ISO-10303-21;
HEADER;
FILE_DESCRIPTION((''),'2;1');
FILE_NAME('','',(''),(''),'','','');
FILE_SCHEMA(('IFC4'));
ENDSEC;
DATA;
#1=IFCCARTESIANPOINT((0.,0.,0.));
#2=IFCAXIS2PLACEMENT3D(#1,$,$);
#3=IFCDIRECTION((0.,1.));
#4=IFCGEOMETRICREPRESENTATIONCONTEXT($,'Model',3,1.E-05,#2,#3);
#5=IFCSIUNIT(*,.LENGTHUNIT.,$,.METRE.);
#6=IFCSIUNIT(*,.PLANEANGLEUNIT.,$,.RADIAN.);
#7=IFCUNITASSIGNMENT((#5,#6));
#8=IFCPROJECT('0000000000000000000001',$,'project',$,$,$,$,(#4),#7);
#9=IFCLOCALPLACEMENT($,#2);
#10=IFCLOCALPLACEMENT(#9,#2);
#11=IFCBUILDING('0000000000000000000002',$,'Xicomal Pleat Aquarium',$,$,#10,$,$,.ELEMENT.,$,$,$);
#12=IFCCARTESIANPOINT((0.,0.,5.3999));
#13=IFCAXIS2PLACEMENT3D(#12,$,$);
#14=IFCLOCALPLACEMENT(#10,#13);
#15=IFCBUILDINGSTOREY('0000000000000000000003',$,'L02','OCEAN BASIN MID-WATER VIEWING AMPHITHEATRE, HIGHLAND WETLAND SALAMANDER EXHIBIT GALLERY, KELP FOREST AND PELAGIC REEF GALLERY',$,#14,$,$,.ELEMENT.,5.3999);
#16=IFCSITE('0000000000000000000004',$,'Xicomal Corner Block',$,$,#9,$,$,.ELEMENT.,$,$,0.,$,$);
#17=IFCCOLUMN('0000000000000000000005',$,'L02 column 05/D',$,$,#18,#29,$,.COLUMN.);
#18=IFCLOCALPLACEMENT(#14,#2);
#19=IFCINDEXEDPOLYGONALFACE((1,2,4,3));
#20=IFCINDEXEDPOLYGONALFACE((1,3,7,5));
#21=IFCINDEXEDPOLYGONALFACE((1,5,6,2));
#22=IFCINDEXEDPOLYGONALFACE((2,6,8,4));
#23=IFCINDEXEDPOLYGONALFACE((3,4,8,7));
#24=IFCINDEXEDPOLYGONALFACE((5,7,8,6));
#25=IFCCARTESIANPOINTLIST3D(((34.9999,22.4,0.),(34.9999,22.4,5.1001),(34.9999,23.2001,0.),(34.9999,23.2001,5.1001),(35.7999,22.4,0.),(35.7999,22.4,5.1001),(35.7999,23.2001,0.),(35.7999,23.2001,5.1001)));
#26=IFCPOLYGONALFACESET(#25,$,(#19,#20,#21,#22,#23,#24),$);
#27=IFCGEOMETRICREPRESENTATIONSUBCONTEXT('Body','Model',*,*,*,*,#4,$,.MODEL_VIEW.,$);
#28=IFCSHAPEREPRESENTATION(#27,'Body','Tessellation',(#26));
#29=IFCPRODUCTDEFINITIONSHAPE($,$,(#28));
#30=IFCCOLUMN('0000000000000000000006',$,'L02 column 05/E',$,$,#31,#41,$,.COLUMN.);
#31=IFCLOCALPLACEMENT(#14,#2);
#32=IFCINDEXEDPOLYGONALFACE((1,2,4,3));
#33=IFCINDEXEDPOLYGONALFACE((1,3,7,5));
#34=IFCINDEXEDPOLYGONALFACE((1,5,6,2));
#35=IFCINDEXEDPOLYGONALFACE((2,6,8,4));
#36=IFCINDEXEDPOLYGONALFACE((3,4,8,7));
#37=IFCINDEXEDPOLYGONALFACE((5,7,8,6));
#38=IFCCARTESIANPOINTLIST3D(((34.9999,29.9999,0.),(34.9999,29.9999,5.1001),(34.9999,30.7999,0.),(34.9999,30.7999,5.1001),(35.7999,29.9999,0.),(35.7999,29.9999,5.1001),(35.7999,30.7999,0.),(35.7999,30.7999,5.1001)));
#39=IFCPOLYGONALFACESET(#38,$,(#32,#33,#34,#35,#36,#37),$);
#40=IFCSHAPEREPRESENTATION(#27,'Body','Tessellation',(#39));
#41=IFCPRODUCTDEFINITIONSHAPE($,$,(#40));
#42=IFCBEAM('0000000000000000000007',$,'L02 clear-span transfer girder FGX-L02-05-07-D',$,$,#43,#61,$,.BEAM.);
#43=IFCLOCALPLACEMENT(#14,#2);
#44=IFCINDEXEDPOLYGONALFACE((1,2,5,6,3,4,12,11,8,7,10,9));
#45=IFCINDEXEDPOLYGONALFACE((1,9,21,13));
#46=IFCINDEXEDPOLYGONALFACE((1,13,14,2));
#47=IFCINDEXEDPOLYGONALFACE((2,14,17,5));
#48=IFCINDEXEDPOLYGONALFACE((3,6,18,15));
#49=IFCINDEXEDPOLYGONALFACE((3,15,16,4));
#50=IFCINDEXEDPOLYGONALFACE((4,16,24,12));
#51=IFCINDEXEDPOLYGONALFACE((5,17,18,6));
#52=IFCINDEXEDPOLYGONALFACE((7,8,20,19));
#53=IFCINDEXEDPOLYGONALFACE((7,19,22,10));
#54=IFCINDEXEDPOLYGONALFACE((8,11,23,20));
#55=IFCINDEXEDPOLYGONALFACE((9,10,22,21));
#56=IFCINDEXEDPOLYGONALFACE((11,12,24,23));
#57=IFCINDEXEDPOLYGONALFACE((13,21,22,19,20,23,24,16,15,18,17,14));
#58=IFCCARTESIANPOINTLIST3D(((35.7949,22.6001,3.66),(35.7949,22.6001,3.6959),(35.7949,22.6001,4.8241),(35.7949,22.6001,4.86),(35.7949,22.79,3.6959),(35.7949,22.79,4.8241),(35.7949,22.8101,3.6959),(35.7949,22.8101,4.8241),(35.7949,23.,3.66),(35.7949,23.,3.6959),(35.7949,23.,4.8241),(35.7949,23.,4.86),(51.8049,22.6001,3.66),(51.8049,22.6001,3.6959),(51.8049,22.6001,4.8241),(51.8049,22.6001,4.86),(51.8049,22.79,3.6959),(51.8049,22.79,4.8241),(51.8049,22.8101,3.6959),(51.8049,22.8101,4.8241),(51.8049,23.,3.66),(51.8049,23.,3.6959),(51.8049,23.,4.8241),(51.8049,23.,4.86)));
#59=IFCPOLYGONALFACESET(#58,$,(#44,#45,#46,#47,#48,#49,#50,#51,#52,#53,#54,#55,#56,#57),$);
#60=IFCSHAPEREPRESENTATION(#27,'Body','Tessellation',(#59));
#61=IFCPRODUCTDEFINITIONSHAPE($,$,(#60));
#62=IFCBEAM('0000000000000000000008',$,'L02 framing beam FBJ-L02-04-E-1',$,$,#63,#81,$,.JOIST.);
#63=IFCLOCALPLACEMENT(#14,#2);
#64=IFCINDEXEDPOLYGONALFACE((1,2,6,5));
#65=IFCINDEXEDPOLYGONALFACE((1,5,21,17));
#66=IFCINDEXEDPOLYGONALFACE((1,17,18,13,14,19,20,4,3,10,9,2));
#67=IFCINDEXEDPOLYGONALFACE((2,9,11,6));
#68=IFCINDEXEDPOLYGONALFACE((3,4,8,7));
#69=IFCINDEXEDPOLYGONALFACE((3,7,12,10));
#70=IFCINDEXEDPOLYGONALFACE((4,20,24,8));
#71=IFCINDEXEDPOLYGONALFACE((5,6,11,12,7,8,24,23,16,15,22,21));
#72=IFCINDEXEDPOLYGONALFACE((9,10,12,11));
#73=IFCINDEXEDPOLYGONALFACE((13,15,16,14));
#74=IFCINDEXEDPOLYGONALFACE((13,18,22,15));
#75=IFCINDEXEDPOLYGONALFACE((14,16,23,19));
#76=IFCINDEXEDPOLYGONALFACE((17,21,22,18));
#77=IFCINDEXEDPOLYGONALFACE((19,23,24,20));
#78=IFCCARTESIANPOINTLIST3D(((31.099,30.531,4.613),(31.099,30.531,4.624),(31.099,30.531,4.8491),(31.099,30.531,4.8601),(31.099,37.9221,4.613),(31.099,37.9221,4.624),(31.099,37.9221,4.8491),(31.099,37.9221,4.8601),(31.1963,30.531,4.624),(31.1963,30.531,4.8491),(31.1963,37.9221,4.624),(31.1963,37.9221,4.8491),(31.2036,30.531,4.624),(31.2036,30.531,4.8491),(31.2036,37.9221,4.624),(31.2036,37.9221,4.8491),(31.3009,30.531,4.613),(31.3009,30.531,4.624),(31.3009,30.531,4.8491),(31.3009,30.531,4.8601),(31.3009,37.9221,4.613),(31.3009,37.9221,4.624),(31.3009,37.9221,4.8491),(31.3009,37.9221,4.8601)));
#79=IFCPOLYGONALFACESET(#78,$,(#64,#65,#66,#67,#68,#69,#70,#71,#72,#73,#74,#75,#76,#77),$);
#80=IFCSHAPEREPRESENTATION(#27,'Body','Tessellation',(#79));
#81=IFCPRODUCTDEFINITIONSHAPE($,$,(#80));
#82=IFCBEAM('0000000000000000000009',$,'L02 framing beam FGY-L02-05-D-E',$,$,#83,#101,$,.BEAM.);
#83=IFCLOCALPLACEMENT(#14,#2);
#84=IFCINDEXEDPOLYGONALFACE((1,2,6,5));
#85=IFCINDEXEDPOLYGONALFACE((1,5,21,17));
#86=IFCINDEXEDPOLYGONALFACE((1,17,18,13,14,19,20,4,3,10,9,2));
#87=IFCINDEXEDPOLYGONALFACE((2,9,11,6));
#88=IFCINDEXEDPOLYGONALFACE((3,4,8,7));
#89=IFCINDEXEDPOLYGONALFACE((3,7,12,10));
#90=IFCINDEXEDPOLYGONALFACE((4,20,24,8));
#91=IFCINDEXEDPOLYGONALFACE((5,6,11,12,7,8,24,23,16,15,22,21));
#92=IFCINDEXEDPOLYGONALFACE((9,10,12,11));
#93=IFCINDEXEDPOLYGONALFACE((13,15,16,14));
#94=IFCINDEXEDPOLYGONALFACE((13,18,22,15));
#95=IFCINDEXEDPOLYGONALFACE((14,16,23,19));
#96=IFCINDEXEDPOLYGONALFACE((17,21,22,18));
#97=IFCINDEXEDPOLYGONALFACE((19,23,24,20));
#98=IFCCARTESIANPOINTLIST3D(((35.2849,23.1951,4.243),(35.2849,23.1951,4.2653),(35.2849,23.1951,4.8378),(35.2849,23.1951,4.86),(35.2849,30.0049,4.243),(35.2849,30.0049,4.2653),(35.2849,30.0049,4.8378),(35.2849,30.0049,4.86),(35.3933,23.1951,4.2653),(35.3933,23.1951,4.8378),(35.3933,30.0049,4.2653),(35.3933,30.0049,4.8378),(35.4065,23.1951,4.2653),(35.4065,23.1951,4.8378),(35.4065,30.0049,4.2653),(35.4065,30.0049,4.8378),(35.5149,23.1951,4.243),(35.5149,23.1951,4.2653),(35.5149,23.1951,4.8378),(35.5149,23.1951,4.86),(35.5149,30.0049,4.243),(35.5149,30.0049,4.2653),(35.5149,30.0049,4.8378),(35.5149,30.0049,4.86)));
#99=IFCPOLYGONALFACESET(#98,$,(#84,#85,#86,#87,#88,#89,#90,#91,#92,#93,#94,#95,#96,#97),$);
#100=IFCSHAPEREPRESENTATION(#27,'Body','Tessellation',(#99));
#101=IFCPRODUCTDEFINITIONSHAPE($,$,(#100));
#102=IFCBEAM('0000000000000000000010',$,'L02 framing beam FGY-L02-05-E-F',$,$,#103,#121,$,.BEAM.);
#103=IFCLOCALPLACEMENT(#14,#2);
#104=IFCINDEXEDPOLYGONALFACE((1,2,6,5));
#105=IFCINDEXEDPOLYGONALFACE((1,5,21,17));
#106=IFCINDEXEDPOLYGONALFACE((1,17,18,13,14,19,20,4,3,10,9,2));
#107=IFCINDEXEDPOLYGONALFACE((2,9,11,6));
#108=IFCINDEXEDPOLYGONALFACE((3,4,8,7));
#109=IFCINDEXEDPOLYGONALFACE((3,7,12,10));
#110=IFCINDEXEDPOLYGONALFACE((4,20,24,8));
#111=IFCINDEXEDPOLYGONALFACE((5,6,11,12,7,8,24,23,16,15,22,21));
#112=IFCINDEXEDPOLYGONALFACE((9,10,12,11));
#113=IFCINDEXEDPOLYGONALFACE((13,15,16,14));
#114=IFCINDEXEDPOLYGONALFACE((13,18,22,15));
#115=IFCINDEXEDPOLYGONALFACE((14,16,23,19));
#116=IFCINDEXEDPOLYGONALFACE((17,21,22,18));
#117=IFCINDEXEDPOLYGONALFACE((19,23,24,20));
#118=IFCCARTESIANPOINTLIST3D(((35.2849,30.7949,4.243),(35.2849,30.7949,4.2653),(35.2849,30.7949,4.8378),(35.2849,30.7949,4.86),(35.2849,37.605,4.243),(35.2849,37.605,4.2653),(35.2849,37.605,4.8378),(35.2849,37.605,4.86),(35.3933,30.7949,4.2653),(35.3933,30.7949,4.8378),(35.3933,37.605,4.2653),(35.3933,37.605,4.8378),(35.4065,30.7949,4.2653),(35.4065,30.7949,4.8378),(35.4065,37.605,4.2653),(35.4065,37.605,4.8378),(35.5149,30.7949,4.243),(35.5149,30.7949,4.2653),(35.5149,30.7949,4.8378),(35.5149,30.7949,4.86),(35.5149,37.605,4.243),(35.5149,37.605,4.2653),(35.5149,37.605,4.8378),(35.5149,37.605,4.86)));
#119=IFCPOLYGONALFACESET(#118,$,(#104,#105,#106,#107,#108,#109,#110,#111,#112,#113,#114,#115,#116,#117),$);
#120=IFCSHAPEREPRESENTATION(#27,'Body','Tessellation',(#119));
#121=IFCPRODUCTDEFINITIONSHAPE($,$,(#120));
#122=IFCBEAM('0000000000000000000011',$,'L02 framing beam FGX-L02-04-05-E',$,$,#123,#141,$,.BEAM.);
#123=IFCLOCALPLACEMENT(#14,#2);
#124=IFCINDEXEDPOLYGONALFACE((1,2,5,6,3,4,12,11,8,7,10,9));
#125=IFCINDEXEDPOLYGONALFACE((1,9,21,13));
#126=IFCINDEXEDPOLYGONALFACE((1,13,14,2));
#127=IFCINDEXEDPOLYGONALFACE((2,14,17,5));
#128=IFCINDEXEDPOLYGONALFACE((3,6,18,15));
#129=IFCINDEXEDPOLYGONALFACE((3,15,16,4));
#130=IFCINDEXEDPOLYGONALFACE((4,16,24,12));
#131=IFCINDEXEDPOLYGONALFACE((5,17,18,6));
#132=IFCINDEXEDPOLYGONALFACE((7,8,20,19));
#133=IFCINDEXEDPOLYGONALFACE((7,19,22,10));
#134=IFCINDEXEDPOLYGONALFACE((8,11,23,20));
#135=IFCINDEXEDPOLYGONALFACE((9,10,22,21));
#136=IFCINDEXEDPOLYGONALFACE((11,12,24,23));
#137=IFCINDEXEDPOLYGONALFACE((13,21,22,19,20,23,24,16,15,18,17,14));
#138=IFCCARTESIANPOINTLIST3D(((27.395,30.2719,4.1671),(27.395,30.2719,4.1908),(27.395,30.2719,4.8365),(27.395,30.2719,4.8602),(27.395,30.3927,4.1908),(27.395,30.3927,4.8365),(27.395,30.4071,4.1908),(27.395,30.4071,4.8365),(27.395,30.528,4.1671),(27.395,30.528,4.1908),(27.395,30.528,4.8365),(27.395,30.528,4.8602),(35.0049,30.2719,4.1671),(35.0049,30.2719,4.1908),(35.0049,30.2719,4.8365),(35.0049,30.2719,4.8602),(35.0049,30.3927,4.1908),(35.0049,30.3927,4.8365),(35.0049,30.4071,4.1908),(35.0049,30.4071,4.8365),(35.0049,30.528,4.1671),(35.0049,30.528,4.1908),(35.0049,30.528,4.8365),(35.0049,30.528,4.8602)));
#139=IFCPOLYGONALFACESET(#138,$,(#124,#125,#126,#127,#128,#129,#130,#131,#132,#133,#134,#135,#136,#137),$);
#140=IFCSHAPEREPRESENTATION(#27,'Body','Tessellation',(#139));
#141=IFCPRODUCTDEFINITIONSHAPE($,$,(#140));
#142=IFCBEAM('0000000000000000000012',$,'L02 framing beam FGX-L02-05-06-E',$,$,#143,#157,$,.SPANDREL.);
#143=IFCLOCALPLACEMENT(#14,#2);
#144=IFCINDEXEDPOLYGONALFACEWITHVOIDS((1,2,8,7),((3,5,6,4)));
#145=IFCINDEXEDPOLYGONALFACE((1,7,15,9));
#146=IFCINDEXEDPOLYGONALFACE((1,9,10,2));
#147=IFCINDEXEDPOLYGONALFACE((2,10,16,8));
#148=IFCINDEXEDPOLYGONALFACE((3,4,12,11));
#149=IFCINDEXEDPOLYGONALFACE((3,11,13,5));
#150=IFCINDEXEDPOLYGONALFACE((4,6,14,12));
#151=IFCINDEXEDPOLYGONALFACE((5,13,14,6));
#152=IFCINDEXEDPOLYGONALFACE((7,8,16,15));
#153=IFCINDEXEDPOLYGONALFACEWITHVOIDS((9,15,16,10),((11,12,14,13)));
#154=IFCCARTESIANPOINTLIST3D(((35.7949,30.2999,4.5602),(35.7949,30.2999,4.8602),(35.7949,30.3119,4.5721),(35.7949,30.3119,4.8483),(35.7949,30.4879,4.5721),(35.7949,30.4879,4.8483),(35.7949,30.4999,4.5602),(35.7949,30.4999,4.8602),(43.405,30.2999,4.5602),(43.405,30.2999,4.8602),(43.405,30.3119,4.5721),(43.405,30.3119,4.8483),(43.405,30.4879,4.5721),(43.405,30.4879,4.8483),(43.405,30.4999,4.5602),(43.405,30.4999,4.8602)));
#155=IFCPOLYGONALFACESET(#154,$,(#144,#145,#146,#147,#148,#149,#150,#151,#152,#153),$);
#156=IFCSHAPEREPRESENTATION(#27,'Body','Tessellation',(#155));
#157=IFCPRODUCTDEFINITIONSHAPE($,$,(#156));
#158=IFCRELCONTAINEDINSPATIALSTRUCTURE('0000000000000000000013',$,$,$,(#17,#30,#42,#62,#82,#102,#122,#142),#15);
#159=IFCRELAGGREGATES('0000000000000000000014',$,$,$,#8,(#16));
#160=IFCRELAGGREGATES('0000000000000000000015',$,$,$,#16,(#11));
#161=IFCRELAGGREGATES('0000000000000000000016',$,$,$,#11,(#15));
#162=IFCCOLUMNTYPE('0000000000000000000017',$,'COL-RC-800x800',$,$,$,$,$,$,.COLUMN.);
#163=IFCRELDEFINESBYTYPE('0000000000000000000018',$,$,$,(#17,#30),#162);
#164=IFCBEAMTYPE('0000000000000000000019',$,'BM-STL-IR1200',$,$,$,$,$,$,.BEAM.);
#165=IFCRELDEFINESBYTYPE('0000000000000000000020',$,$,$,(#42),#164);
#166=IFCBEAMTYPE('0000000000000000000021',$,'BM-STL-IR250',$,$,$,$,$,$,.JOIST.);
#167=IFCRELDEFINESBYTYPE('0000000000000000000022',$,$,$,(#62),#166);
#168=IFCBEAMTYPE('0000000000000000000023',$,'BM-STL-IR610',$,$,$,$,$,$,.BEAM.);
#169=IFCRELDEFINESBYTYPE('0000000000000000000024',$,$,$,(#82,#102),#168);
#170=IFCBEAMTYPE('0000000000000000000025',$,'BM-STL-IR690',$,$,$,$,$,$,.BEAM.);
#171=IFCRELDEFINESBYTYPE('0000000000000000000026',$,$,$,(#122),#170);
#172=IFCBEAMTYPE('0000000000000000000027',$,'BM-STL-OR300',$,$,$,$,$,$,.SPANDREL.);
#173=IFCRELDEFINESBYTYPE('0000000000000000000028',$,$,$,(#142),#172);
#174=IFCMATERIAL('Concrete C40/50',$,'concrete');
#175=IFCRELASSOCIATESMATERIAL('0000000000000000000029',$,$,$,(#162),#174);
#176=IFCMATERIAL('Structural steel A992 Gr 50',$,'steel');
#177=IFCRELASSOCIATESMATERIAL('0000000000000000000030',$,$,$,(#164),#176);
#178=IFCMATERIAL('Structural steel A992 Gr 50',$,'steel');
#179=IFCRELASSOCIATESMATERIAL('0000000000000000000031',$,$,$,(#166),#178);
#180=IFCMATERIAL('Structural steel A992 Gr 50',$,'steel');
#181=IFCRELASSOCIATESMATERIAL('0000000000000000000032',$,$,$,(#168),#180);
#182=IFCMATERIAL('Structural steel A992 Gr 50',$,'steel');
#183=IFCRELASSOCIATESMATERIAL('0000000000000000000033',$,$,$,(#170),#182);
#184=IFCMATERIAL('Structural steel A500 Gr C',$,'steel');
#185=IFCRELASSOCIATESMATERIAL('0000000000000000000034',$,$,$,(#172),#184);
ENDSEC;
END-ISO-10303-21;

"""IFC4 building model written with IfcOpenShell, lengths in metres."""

from ifc_helpers import new_model, si_unit, direction, frame, origin, origin_2d, place, context, subcontext, project, spatial, rectangle, hollow_rectangle, i_section, extrude, material, material_profile, profile_set, type_object, element, save


model = new_model("IFC4")

# Units and contexts
model_context = context("Model", 3, precision=1e-05, world=origin(), true_north=direction((0.0, 1.0)))
body_context = subcontext(model_context, "Body", "Model", "MODEL_VIEW")
ifc_project = project(units=[si_unit("LENGTHUNIT", "METRE"), si_unit("PLANEANGLEUNIT", "RADIAN")], contexts=[model_context])

# Site, building, storey
site_placement = place(None, origin())
site = spatial("IfcSite", under=ifc_project, at=site_placement, Name="Xicomal Corner Block", CompositionType="ELEMENT", RefElevation=0.0)
building_placement = place(site_placement, origin())
building = spatial("IfcBuilding", under=site, at=building_placement, Name="Xicomal Pleat Aquarium", CompositionType="ELEMENT")
storey_placement = place(building_placement, frame((0.0, 0.0, 5.3999)))
storey = spatial("IfcBuildingStorey", under=building, at=storey_placement, Name="L02", Description="OCEAN BASIN MID-WATER VIEWING AMPHITHEATRE, HIGHLAND WETLAND SALAMANDER EXHIBIT GALLERY, KELP FOREST AND PELAGIC REEF GALLERY", CompositionType="ELEMENT", Elevation=5.3999)

# Columns
ifc_material_1 = material(Name="Concrete C40/50", Category="concrete")
ifc_material_profile_1 = material_profile(ifc_material_1, rectangle(XDim=0.8, YDim=0.8, at=origin_2d()), Name="RC 800x800")
ifc_profile_set_1 = profile_set([ifc_material_profile_1], Name="Concrete C40/50")
column_type = type_object("IfcColumnType", Name="COL-RC-800x800", PredefinedType="COLUMN", material=ifc_profile_set_1)
for number, where, z_axis, x_axis, name in (
    (1, (35.3999, 22.8, 0.0), (0.0, 0.0, 1.0), (1.0, 0.0, 0.0), "L02 column 05/D"),
    (2, (35.3999, 30.3999, 0.0), (0.0, 0.0, 1.0), (1.0, 0.0, 0.0), "L02 column 05/E"),
):
    element("IfcColumn", number, at=place(storey_placement, frame(where, z_axis=z_axis, x_axis=x_axis)), inside=storey, type_object=column_type, Name=name, PredefinedType="COLUMN", context=body_context, shape_type="SweptSolid", body=[
        extrude(rectangle(XDim=0.8, YDim=0.8, at=origin_2d()), origin(), (0.0, 0.0, 1.0), 5.1001),
    ])

# Beams
ifc_material_2 = material(Name="Structural steel A992 Gr 50", Category="steel")
ifc_material_profile_2 = material_profile(ifc_material_2, i_section(OverallWidth=0.3999, OverallDepth=1.2, WebThickness=0.02, FlangeThickness=0.0359, at=origin_2d()), Name="IR 1200x412")
ifc_profile_set_2 = profile_set([ifc_material_profile_2], Name="Structural steel A992 Gr 50")
beam_type_1 = type_object("IfcBeamType", Name="BM-STL-IR1200", PredefinedType="BEAM", material=ifc_profile_set_2)
beam_1_placement = place(storey_placement, frame((35.7949, 22.8, 4.26), z_axis=(1.0, 0.0, 0.0), x_axis=(0.0, 1.0, 0.0)))
element("IfcBeam", 3, at=beam_1_placement, inside=storey, type_object=beam_type_1, Name="L02 clear-span transfer girder FGX-L02-05-07-D", PredefinedType="BEAM", context=body_context, shape_type="SweptSolid", body=[
    extrude(i_section(OverallWidth=0.3999, OverallDepth=1.2, WebThickness=0.02, FlangeThickness=0.0359, at=origin_2d()), origin(), (0.0, 0.0, 1.0), 16.01),
])
ifc_material_3 = material(Name="Structural steel A992 Gr 50", Category="steel")
ifc_material_profile_3 = material_profile(ifc_material_3, i_section(OverallWidth=0.2019, OverallDepth=0.2471, WebThickness=0.0073, FlangeThickness=0.011, at=origin_2d()), Name="IR 250x49")
ifc_profile_set_3 = profile_set([ifc_material_profile_3], Name="Structural steel A992 Gr 50")
beam_type_2 = type_object("IfcBeamType", Name="BM-STL-IR250", PredefinedType="JOIST", material=ifc_profile_set_3)
beam_2_placement = place(storey_placement, frame((31.2, 30.531, 4.7366), z_axis=(0.0, 1.0, 0.0), x_axis=(-1.0, 0.0, 0.0)))
element("IfcBeam", 4, at=beam_2_placement, inside=storey, type_object=beam_type_2, Name="L02 framing beam FBJ-L02-04-E-1", PredefinedType="JOIST", context=body_context, shape_type="SweptSolid", body=[
    extrude(i_section(OverallWidth=0.2019, OverallDepth=0.2471, WebThickness=0.0073, FlangeThickness=0.011, at=origin_2d()), origin(), (0.0, 0.0, 1.0), 7.3911),
])
ifc_material_4 = material(Name="Structural steel A992 Gr 50", Category="steel")
ifc_material_profile_4 = material_profile(ifc_material_4, i_section(OverallWidth=0.23, OverallDepth=0.6169, WebThickness=0.0132, FlangeThickness=0.0222, at=origin_2d()), Name="IR 610x140")
ifc_profile_set_4 = profile_set([ifc_material_profile_4], Name="Structural steel A992 Gr 50")
beam_type_3 = type_object("IfcBeamType", Name="BM-STL-IR610", PredefinedType="BEAM", material=ifc_profile_set_4)
beam_3_placement = place(storey_placement, frame((35.3999, 23.1951, 4.5515), z_axis=(0.0, 1.0, 0.0), x_axis=(-1.0, 0.0, 0.0)))
element("IfcBeam", 5, at=beam_3_placement, inside=storey, type_object=beam_type_3, Name="L02 framing beam FGY-L02-05-D-E", PredefinedType="BEAM", context=body_context, shape_type="SweptSolid", body=[
    extrude(i_section(OverallWidth=0.23, OverallDepth=0.6169, WebThickness=0.0132, FlangeThickness=0.0222, at=origin_2d()), origin(), (0.0, 0.0, 1.0), 6.8098),
])
beam_4_placement = place(storey_placement, frame((35.3999, 30.7949, 4.5515), z_axis=(0.0, 1.0, 0.0), x_axis=(-1.0, 0.0, 0.0)))
element("IfcBeam", 6, at=beam_4_placement, inside=storey, type_object=beam_type_3, Name="L02 framing beam FGY-L02-05-E-F", PredefinedType="BEAM", context=body_context, shape_type="SweptSolid", body=[
    extrude(i_section(OverallWidth=0.23, OverallDepth=0.6169, WebThickness=0.0132, FlangeThickness=0.0222, at=origin_2d()), origin(), (0.0, 0.0, 1.0), 6.8101),
])
ifc_material_5 = material(Name="Structural steel A992 Gr 50", Category="steel")
ifc_material_profile_5 = material_profile(ifc_material_5, i_section(OverallWidth=0.2561, OverallDepth=0.6931, WebThickness=0.0144, FlangeThickness=0.0237, at=origin_2d()), Name="IR 690x170")
ifc_profile_set_5 = profile_set([ifc_material_profile_5], Name="Structural steel A992 Gr 50")
beam_type_4 = type_object("IfcBeamType", Name="BM-STL-IR690", PredefinedType="BEAM", material=ifc_profile_set_5)
beam_5_placement = place(storey_placement, frame((27.395, 30.3999, 4.5137), z_axis=(1.0, 0.0, 0.0), x_axis=(0.0, 1.0, 0.0)))
element("IfcBeam", 7, at=beam_5_placement, inside=storey, type_object=beam_type_4, Name="L02 framing beam FGX-L02-04-05-E", PredefinedType="BEAM", context=body_context, shape_type="SweptSolid", body=[
    extrude(i_section(OverallWidth=0.2561, OverallDepth=0.6931, WebThickness=0.0144, FlangeThickness=0.0237, at=origin_2d()), origin(), (0.0, 0.0, 1.0), 7.6099),
])
ifc_material_6 = material(Name="Structural steel A500 Gr C", Category="steel")
ifc_material_profile_6 = material_profile(ifc_material_6, hollow_rectangle(XDim=0.2, YDim=0.3, WallThickness=0.012, at=origin_2d()), Name="OR 300x200x12")
ifc_profile_set_6 = profile_set([ifc_material_profile_6], Name="Structural steel A500 Gr C")
beam_type_5 = type_object("IfcBeamType", Name="BM-STL-OR300", PredefinedType="SPANDREL", material=ifc_profile_set_6)
beam_6_placement = place(storey_placement, frame((35.7949, 30.3999, 4.7102), z_axis=(1.0, 0.0, 0.0), x_axis=(0.0, 1.0, 0.0)))
element("IfcBeam", 8, at=beam_6_placement, inside=storey, type_object=beam_type_5, Name="L02 framing beam FGX-L02-05-06-E", PredefinedType="SPANDREL", context=body_context, shape_type="SweptSolid", body=[
    extrude(hollow_rectangle(XDim=0.2, YDim=0.3, WallThickness=0.012, at=origin_2d()), origin(), (0.0, 0.0, 1.0), 7.6101),
])

save(model, "model.ifc")
